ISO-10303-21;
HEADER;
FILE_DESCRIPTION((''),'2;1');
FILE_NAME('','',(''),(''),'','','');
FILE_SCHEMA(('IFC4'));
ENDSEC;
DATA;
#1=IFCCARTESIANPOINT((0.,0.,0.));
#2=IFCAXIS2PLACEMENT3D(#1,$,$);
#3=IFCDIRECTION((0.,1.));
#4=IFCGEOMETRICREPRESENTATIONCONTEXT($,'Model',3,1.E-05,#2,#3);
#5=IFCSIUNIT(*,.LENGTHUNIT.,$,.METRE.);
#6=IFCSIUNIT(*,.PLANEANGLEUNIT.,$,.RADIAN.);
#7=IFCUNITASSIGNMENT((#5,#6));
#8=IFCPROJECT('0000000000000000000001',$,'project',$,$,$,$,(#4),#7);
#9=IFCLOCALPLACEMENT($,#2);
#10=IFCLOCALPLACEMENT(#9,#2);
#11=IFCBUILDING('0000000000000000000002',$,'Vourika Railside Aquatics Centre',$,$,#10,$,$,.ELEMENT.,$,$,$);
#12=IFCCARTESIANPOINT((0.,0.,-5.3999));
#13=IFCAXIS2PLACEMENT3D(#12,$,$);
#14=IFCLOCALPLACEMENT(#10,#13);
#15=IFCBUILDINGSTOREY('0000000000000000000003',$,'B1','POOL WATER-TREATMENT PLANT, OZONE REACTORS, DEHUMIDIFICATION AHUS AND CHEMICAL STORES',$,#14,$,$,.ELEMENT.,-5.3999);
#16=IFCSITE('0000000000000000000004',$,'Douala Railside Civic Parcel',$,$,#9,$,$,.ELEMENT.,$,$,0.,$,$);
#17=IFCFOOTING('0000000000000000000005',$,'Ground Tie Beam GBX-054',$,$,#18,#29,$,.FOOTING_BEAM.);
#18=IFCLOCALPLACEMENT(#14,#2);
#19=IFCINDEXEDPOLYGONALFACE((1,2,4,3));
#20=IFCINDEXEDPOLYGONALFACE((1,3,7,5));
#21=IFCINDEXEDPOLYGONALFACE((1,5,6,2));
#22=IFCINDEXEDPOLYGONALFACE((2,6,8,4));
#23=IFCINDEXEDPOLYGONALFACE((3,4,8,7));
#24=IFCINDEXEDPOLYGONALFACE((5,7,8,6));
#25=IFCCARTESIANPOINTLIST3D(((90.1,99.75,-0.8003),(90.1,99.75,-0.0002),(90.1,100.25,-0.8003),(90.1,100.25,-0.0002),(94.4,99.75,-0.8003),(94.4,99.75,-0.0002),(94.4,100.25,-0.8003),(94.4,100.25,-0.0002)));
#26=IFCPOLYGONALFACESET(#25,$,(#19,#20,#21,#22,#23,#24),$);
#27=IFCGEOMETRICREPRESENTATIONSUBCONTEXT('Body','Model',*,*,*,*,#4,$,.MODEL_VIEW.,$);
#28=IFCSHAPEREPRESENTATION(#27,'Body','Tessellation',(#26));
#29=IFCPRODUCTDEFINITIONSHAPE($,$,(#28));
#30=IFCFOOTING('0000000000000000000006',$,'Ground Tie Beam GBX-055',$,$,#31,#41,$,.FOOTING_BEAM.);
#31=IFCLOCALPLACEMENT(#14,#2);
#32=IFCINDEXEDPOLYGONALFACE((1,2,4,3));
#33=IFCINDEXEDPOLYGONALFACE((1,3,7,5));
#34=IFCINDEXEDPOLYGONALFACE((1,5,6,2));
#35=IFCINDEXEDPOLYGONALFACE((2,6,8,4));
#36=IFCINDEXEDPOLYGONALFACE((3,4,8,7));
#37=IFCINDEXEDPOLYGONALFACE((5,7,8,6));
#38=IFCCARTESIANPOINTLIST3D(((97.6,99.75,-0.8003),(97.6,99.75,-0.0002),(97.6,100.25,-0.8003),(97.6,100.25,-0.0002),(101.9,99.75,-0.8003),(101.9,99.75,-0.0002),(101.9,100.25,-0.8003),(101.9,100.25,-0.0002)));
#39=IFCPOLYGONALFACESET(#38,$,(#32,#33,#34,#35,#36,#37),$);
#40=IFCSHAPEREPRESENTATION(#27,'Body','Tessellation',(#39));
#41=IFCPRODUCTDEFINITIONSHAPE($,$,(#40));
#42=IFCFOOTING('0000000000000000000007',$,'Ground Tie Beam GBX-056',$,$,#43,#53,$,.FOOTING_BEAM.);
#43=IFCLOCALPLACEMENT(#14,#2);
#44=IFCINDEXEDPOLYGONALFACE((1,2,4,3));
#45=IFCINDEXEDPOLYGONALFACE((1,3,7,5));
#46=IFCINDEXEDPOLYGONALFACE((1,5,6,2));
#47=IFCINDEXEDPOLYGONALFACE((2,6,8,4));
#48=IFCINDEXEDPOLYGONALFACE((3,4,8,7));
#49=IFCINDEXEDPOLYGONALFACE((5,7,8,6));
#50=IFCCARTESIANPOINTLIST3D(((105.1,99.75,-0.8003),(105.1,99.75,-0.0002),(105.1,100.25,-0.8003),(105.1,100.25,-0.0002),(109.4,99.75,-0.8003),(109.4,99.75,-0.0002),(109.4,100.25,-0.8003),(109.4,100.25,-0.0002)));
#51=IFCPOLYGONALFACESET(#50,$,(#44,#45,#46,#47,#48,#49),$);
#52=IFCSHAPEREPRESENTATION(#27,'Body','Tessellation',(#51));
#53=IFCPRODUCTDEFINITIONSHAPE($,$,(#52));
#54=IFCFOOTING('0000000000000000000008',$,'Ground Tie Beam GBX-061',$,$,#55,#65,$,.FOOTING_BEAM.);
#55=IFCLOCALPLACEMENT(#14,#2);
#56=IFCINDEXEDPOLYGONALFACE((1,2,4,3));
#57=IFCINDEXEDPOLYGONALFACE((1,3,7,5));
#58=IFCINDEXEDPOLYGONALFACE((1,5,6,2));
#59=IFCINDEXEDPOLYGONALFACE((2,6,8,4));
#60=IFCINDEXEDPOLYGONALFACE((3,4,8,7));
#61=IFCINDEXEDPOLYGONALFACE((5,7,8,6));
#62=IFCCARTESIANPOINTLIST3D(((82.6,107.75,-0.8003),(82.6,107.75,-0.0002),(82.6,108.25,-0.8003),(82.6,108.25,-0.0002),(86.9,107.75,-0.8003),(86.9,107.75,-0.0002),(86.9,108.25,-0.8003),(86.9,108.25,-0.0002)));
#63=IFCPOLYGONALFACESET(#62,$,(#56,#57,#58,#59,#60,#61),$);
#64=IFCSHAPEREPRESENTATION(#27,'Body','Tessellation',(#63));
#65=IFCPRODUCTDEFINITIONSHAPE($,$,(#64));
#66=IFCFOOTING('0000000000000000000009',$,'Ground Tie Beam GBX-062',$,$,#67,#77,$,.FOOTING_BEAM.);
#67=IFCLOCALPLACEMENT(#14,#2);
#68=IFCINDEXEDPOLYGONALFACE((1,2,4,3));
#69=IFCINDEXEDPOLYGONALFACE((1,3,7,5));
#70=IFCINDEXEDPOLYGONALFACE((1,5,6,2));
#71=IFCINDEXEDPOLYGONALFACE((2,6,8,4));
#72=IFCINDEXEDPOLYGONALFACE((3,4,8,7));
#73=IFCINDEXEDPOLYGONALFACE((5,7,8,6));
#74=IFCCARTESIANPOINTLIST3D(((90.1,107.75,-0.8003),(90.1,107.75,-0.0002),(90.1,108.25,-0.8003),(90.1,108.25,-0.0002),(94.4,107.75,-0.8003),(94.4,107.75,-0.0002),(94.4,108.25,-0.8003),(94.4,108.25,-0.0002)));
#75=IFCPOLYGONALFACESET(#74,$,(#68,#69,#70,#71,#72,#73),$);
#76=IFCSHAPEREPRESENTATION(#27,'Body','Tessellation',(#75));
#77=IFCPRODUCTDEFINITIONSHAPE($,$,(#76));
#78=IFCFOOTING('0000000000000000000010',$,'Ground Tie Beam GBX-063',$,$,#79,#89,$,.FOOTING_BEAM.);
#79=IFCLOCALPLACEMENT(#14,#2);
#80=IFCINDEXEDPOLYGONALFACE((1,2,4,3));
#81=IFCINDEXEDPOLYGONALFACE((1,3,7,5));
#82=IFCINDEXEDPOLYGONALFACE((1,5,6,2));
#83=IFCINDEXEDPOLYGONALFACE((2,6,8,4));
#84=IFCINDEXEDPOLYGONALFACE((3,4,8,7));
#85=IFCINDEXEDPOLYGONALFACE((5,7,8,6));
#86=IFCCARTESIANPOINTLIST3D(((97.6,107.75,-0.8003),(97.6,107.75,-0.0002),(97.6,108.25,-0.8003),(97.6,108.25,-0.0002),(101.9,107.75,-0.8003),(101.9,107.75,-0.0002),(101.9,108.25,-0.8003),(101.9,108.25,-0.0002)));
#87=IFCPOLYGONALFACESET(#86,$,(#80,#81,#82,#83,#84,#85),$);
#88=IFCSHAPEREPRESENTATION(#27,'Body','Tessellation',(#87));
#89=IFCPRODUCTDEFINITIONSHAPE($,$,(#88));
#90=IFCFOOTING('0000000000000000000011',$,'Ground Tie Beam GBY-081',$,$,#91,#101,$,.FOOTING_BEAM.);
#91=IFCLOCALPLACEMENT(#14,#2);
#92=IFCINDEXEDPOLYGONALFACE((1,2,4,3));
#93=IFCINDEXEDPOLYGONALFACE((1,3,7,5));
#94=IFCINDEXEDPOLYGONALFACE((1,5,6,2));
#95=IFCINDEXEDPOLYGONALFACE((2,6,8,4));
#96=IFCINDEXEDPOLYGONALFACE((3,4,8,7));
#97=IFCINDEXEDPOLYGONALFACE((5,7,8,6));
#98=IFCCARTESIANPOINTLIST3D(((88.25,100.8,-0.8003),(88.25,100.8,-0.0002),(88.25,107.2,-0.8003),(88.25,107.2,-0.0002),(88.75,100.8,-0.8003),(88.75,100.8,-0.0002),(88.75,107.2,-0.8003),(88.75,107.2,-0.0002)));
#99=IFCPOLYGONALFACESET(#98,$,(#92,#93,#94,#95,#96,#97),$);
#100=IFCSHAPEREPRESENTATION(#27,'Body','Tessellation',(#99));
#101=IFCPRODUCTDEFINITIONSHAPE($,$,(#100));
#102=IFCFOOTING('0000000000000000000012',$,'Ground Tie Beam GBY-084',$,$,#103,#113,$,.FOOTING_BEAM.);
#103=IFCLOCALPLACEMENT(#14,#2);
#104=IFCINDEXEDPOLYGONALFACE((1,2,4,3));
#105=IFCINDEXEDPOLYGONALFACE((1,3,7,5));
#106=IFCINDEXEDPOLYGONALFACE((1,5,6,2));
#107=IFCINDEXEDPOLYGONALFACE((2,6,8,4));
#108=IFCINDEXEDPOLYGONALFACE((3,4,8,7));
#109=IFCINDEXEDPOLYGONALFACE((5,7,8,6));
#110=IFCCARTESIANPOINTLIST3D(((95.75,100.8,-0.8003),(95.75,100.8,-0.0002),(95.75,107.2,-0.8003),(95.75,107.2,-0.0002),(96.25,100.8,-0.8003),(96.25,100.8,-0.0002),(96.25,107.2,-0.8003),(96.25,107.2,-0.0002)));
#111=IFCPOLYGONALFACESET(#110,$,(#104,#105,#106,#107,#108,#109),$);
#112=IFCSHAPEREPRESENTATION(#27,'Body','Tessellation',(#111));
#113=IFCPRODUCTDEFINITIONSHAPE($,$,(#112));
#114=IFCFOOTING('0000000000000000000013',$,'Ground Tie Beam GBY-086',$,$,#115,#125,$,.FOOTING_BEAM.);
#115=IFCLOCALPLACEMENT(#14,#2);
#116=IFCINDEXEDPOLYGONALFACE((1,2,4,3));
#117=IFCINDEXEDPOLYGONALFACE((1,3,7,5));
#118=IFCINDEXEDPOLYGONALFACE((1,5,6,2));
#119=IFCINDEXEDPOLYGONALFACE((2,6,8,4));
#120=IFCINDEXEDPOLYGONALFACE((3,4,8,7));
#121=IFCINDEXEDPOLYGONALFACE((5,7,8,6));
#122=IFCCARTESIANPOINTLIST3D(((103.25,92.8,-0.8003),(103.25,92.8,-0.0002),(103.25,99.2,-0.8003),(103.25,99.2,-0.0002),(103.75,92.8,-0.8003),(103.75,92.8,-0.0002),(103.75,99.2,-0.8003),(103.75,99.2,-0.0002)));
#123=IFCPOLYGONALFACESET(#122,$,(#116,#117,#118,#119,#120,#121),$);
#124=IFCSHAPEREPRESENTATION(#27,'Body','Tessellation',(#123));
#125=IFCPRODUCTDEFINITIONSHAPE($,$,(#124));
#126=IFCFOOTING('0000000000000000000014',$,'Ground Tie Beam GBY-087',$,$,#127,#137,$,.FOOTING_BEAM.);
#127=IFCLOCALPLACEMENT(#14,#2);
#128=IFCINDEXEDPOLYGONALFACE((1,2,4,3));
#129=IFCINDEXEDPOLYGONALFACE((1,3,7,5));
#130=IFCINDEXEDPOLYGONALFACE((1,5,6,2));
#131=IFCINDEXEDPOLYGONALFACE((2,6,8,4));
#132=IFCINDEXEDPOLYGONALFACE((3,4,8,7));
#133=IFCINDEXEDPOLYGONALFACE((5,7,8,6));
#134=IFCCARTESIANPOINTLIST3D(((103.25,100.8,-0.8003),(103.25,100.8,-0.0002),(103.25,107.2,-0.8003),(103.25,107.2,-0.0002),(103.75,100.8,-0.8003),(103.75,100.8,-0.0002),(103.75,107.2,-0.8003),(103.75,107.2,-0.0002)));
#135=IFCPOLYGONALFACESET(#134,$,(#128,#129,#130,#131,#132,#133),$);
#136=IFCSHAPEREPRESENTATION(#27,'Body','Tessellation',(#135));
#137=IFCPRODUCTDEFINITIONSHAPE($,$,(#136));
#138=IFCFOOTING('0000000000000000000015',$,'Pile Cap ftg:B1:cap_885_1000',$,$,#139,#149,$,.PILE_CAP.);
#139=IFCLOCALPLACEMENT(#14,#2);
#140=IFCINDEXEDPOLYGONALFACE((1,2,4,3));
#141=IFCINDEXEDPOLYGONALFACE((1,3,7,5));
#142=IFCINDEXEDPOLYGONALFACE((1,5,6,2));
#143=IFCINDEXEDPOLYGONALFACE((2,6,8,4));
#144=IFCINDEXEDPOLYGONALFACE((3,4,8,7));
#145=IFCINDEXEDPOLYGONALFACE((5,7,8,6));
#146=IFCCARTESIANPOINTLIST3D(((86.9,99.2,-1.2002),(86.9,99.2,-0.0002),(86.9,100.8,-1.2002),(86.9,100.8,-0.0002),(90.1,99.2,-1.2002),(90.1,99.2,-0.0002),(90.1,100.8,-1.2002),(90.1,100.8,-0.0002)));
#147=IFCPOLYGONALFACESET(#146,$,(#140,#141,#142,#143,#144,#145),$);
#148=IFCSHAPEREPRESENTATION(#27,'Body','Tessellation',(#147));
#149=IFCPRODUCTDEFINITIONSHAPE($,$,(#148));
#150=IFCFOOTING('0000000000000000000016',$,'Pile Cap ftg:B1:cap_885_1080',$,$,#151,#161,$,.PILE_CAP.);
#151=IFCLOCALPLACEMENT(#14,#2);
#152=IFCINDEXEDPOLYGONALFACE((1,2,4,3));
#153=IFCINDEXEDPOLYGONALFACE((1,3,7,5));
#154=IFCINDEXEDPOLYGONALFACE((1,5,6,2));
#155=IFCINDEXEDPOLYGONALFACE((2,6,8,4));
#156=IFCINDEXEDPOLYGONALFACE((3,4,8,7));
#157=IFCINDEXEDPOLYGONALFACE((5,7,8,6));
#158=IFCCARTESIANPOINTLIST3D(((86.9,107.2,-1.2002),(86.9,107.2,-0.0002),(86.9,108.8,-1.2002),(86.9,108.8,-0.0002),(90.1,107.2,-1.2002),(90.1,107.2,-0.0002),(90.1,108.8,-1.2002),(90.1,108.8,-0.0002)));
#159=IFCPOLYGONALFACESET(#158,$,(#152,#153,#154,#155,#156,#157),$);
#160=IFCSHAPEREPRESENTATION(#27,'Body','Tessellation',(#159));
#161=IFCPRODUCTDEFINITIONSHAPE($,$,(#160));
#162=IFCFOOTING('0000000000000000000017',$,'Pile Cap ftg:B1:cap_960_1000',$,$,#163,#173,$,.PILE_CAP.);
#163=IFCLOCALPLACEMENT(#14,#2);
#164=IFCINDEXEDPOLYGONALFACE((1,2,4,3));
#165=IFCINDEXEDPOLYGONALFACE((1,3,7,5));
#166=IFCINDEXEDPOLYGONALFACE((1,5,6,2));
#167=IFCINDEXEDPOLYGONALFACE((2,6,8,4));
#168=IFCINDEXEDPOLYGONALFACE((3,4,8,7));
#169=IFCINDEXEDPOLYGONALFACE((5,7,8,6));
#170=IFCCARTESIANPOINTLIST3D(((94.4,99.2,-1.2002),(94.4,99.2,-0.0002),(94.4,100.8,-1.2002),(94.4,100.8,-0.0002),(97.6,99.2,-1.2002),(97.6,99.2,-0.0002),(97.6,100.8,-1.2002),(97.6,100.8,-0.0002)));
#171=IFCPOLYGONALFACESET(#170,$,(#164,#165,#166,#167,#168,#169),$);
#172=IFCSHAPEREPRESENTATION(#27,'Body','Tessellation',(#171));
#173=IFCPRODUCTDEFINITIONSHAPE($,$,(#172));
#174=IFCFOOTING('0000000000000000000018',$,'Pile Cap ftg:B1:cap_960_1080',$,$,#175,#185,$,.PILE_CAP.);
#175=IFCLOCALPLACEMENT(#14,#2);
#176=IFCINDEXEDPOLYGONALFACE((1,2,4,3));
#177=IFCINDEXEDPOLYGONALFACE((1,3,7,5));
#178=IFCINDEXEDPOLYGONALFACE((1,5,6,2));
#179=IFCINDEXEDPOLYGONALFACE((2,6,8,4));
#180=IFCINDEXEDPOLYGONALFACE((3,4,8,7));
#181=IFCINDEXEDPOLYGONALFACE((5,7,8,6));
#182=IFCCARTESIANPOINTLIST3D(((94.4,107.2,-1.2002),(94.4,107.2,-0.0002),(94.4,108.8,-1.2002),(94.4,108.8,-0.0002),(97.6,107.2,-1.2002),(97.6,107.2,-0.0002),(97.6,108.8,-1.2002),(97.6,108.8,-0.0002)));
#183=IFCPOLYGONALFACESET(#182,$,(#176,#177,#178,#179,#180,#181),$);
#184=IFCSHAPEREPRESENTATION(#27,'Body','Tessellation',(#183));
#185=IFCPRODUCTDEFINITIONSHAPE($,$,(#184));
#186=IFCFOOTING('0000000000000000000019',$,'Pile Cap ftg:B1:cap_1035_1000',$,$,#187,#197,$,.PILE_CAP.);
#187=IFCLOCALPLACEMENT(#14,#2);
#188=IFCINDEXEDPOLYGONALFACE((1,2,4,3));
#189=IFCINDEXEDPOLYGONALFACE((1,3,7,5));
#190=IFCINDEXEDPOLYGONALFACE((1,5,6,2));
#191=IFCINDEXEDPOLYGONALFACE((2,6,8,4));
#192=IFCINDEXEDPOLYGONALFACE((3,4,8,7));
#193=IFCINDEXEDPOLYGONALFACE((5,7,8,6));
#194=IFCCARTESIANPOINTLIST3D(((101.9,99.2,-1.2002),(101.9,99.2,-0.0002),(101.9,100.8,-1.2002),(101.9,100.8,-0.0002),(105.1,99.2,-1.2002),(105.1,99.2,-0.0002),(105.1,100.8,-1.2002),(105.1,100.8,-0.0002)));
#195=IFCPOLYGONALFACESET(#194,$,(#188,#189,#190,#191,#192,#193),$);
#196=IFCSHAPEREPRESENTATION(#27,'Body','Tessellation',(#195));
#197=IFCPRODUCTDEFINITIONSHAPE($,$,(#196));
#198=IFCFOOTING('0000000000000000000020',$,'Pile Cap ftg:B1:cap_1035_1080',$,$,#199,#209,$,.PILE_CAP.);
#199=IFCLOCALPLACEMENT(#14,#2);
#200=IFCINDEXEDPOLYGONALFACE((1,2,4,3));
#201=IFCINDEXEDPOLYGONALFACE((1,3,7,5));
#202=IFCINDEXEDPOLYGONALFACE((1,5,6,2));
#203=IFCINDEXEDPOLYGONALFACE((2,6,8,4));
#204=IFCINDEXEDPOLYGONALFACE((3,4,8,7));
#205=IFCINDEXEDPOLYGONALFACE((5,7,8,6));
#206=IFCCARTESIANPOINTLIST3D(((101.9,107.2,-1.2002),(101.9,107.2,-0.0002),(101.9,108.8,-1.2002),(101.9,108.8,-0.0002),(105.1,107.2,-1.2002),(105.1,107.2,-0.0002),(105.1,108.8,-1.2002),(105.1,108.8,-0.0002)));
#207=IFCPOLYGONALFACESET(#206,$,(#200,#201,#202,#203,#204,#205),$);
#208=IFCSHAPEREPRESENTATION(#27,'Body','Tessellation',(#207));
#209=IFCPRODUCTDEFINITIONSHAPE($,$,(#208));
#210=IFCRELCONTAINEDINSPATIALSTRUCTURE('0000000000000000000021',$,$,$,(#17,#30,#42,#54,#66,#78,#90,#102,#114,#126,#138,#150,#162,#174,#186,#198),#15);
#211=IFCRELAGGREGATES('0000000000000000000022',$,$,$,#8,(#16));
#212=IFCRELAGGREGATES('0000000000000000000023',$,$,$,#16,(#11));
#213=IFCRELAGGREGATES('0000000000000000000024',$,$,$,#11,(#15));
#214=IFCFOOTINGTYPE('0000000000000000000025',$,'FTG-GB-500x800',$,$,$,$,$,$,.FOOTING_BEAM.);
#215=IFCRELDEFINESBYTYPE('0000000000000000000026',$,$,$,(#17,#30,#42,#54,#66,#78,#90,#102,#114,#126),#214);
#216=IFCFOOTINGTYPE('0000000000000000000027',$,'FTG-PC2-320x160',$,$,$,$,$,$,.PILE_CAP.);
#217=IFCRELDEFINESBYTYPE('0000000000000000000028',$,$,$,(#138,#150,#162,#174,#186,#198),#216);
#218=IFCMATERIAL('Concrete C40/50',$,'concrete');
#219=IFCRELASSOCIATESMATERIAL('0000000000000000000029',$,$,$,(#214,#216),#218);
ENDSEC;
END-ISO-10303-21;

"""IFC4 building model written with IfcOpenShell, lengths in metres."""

from ifc_helpers import new_model, si_unit, direction, frame, origin, origin_2d, place, context, subcontext, project, spatial, rectangle, extrude, material, type_object, element, save


model = new_model("IFC4")

# Units and contexts
model_context = context("Model", 3, precision=1e-05, world=origin(), true_north=direction((0.0, 1.0)))
body_context = subcontext(model_context, "Body", "Model", "MODEL_VIEW")
ifc_project = project(units=[si_unit("LENGTHUNIT", "METRE"), si_unit("PLANEANGLEUNIT", "RADIAN")], contexts=[model_context])

# Site, building, storey
site_placement = place(None, origin())
site = spatial("IfcSite", under=ifc_project, at=site_placement, Name="Douala Railside Civic Parcel", CompositionType="ELEMENT", RefElevation=0.0)
building_placement = place(site_placement, origin())
building = spatial("IfcBuilding", under=site, at=building_placement, Name="Vourika Railside Aquatics Centre", CompositionType="ELEMENT")
storey_placement = place(building_placement, frame((0.0, 0.0, -5.3999)))
storey = spatial("IfcBuildingStorey", under=building, at=storey_placement, Name="B1", Description="POOL WATER-TREATMENT PLANT, OZONE REACTORS, DEHUMIDIFICATION AHUS AND CHEMICAL STORES", CompositionType="ELEMENT", Elevation=-5.3999)

# Footings
ifc_material_1 = material(Name="Concrete C40/50", Category="concrete")
footing_type_1 = type_object("IfcFootingType", Name="FTG-GB-500x800", PredefinedType="FOOTING_BEAM", material=ifc_material_1)
for number, where, z_axis, x_axis, name in (
    (1, (92.25, 100.0, -0.8003), (0.0, 0.0, 1.0), (1.0, 0.0, 0.0), "Ground Tie Beam GBX-054"),
    (2, (99.75, 100.0, -0.8003), (0.0, 0.0, 1.0), (1.0, 0.0, 0.0), "Ground Tie Beam GBX-055"),
    (3, (107.25, 100.0, -0.8003), (0.0, 0.0, 1.0), (1.0, 0.0, 0.0), "Ground Tie Beam GBX-056"),
    (4, (84.75, 108.0, -0.8003), (0.0, 0.0, 1.0), (1.0, 0.0, 0.0), "Ground Tie Beam GBX-061"),
    (5, (92.25, 108.0, -0.8003), (0.0, 0.0, 1.0), (1.0, 0.0, 0.0), "Ground Tie Beam GBX-062"),
    (6, (99.75, 108.0, -0.8003), (0.0, 0.0, 1.0), (1.0, 0.0, 0.0), "Ground Tie Beam GBX-063"),
):
    element("IfcFooting", number, at=place(storey_placement, frame(where, z_axis=z_axis, x_axis=x_axis)), inside=storey, type_object=footing_type_1, Name=name, PredefinedType="FOOTING_BEAM", context=body_context, shape_type="SweptSolid", body=[
        extrude(rectangle(XDim=4.3, YDim=0.5, at=origin_2d()), origin(), (0.0, 0.0, 1.0), 0.8),
    ])
for number, where, z_axis, x_axis, name in (
    (7, (88.5, 104.0, -0.8003), (0.0, 0.0, 1.0), (0.0, 1.0, 0.0), "Ground Tie Beam GBY-081"),
    (8, (96.0, 104.0, -0.8003), (0.0, 0.0, 1.0), (0.0, 1.0, 0.0), "Ground Tie Beam GBY-084"),
    (9, (103.5, 96.0, -0.8003), (0.0, 0.0, 1.0), (0.0, 1.0, 0.0), "Ground Tie Beam GBY-086"),
    (10, (103.5, 104.0, -0.8003), (0.0, 0.0, 1.0), (0.0, 1.0, 0.0), "Ground Tie Beam GBY-087"),
):
    element("IfcFooting", number, at=place(storey_placement, frame(where, z_axis=z_axis, x_axis=x_axis)), inside=storey, type_object=footing_type_1, Name=name, PredefinedType="FOOTING_BEAM", context=body_context, shape_type="SweptSolid", body=[
        extrude(rectangle(XDim=6.3999, YDim=0.5, at=origin_2d()), origin(), (0.0, 0.0, 1.0), 0.8),
    ])
footing_type_2 = type_object("IfcFootingType", Name="FTG-PC2-320x160", PredefinedType="PILE_CAP", material=ifc_material_1)
for number, where, z_axis, x_axis, name in (
    (11, (88.5, 100.0, -1.2002), (0.0, 0.0, 1.0), (1.0, 0.0, 0.0), "Pile Cap ftg:B1:cap_885_1000"),
    (12, (88.5, 108.0, -1.2002), (0.0, 0.0, 1.0), (1.0, 0.0, 0.0), "Pile Cap ftg:B1:cap_885_1080"),
    (13, (96.0, 100.0, -1.2002), (0.0, 0.0, 1.0), (1.0, 0.0, 0.0), "Pile Cap ftg:B1:cap_960_1000"),
    (14, (96.0, 108.0, -1.2002), (0.0, 0.0, 1.0), (1.0, 0.0, 0.0), "Pile Cap ftg:B1:cap_960_1080"),
    (15, (103.5, 100.0, -1.2002), (0.0, 0.0, 1.0), (1.0, 0.0, 0.0), "Pile Cap ftg:B1:cap_1035_1000"),
    (16, (103.5, 108.0, -1.2002), (0.0, 0.0, 1.0), (1.0, 0.0, 0.0), "Pile Cap ftg:B1:cap_1035_1080"),
):
    element("IfcFooting", number, at=place(storey_placement, frame(where, z_axis=z_axis, x_axis=x_axis)), inside=storey, type_object=footing_type_2, Name=name, PredefinedType="PILE_CAP", context=body_context, shape_type="SweptSolid", body=[
        extrude(rectangle(XDim=3.2, YDim=1.6001, at=origin_2d()), origin(), (0.0, 0.0, 1.0), 1.2),
    ])

save(model, "model.ifc")
